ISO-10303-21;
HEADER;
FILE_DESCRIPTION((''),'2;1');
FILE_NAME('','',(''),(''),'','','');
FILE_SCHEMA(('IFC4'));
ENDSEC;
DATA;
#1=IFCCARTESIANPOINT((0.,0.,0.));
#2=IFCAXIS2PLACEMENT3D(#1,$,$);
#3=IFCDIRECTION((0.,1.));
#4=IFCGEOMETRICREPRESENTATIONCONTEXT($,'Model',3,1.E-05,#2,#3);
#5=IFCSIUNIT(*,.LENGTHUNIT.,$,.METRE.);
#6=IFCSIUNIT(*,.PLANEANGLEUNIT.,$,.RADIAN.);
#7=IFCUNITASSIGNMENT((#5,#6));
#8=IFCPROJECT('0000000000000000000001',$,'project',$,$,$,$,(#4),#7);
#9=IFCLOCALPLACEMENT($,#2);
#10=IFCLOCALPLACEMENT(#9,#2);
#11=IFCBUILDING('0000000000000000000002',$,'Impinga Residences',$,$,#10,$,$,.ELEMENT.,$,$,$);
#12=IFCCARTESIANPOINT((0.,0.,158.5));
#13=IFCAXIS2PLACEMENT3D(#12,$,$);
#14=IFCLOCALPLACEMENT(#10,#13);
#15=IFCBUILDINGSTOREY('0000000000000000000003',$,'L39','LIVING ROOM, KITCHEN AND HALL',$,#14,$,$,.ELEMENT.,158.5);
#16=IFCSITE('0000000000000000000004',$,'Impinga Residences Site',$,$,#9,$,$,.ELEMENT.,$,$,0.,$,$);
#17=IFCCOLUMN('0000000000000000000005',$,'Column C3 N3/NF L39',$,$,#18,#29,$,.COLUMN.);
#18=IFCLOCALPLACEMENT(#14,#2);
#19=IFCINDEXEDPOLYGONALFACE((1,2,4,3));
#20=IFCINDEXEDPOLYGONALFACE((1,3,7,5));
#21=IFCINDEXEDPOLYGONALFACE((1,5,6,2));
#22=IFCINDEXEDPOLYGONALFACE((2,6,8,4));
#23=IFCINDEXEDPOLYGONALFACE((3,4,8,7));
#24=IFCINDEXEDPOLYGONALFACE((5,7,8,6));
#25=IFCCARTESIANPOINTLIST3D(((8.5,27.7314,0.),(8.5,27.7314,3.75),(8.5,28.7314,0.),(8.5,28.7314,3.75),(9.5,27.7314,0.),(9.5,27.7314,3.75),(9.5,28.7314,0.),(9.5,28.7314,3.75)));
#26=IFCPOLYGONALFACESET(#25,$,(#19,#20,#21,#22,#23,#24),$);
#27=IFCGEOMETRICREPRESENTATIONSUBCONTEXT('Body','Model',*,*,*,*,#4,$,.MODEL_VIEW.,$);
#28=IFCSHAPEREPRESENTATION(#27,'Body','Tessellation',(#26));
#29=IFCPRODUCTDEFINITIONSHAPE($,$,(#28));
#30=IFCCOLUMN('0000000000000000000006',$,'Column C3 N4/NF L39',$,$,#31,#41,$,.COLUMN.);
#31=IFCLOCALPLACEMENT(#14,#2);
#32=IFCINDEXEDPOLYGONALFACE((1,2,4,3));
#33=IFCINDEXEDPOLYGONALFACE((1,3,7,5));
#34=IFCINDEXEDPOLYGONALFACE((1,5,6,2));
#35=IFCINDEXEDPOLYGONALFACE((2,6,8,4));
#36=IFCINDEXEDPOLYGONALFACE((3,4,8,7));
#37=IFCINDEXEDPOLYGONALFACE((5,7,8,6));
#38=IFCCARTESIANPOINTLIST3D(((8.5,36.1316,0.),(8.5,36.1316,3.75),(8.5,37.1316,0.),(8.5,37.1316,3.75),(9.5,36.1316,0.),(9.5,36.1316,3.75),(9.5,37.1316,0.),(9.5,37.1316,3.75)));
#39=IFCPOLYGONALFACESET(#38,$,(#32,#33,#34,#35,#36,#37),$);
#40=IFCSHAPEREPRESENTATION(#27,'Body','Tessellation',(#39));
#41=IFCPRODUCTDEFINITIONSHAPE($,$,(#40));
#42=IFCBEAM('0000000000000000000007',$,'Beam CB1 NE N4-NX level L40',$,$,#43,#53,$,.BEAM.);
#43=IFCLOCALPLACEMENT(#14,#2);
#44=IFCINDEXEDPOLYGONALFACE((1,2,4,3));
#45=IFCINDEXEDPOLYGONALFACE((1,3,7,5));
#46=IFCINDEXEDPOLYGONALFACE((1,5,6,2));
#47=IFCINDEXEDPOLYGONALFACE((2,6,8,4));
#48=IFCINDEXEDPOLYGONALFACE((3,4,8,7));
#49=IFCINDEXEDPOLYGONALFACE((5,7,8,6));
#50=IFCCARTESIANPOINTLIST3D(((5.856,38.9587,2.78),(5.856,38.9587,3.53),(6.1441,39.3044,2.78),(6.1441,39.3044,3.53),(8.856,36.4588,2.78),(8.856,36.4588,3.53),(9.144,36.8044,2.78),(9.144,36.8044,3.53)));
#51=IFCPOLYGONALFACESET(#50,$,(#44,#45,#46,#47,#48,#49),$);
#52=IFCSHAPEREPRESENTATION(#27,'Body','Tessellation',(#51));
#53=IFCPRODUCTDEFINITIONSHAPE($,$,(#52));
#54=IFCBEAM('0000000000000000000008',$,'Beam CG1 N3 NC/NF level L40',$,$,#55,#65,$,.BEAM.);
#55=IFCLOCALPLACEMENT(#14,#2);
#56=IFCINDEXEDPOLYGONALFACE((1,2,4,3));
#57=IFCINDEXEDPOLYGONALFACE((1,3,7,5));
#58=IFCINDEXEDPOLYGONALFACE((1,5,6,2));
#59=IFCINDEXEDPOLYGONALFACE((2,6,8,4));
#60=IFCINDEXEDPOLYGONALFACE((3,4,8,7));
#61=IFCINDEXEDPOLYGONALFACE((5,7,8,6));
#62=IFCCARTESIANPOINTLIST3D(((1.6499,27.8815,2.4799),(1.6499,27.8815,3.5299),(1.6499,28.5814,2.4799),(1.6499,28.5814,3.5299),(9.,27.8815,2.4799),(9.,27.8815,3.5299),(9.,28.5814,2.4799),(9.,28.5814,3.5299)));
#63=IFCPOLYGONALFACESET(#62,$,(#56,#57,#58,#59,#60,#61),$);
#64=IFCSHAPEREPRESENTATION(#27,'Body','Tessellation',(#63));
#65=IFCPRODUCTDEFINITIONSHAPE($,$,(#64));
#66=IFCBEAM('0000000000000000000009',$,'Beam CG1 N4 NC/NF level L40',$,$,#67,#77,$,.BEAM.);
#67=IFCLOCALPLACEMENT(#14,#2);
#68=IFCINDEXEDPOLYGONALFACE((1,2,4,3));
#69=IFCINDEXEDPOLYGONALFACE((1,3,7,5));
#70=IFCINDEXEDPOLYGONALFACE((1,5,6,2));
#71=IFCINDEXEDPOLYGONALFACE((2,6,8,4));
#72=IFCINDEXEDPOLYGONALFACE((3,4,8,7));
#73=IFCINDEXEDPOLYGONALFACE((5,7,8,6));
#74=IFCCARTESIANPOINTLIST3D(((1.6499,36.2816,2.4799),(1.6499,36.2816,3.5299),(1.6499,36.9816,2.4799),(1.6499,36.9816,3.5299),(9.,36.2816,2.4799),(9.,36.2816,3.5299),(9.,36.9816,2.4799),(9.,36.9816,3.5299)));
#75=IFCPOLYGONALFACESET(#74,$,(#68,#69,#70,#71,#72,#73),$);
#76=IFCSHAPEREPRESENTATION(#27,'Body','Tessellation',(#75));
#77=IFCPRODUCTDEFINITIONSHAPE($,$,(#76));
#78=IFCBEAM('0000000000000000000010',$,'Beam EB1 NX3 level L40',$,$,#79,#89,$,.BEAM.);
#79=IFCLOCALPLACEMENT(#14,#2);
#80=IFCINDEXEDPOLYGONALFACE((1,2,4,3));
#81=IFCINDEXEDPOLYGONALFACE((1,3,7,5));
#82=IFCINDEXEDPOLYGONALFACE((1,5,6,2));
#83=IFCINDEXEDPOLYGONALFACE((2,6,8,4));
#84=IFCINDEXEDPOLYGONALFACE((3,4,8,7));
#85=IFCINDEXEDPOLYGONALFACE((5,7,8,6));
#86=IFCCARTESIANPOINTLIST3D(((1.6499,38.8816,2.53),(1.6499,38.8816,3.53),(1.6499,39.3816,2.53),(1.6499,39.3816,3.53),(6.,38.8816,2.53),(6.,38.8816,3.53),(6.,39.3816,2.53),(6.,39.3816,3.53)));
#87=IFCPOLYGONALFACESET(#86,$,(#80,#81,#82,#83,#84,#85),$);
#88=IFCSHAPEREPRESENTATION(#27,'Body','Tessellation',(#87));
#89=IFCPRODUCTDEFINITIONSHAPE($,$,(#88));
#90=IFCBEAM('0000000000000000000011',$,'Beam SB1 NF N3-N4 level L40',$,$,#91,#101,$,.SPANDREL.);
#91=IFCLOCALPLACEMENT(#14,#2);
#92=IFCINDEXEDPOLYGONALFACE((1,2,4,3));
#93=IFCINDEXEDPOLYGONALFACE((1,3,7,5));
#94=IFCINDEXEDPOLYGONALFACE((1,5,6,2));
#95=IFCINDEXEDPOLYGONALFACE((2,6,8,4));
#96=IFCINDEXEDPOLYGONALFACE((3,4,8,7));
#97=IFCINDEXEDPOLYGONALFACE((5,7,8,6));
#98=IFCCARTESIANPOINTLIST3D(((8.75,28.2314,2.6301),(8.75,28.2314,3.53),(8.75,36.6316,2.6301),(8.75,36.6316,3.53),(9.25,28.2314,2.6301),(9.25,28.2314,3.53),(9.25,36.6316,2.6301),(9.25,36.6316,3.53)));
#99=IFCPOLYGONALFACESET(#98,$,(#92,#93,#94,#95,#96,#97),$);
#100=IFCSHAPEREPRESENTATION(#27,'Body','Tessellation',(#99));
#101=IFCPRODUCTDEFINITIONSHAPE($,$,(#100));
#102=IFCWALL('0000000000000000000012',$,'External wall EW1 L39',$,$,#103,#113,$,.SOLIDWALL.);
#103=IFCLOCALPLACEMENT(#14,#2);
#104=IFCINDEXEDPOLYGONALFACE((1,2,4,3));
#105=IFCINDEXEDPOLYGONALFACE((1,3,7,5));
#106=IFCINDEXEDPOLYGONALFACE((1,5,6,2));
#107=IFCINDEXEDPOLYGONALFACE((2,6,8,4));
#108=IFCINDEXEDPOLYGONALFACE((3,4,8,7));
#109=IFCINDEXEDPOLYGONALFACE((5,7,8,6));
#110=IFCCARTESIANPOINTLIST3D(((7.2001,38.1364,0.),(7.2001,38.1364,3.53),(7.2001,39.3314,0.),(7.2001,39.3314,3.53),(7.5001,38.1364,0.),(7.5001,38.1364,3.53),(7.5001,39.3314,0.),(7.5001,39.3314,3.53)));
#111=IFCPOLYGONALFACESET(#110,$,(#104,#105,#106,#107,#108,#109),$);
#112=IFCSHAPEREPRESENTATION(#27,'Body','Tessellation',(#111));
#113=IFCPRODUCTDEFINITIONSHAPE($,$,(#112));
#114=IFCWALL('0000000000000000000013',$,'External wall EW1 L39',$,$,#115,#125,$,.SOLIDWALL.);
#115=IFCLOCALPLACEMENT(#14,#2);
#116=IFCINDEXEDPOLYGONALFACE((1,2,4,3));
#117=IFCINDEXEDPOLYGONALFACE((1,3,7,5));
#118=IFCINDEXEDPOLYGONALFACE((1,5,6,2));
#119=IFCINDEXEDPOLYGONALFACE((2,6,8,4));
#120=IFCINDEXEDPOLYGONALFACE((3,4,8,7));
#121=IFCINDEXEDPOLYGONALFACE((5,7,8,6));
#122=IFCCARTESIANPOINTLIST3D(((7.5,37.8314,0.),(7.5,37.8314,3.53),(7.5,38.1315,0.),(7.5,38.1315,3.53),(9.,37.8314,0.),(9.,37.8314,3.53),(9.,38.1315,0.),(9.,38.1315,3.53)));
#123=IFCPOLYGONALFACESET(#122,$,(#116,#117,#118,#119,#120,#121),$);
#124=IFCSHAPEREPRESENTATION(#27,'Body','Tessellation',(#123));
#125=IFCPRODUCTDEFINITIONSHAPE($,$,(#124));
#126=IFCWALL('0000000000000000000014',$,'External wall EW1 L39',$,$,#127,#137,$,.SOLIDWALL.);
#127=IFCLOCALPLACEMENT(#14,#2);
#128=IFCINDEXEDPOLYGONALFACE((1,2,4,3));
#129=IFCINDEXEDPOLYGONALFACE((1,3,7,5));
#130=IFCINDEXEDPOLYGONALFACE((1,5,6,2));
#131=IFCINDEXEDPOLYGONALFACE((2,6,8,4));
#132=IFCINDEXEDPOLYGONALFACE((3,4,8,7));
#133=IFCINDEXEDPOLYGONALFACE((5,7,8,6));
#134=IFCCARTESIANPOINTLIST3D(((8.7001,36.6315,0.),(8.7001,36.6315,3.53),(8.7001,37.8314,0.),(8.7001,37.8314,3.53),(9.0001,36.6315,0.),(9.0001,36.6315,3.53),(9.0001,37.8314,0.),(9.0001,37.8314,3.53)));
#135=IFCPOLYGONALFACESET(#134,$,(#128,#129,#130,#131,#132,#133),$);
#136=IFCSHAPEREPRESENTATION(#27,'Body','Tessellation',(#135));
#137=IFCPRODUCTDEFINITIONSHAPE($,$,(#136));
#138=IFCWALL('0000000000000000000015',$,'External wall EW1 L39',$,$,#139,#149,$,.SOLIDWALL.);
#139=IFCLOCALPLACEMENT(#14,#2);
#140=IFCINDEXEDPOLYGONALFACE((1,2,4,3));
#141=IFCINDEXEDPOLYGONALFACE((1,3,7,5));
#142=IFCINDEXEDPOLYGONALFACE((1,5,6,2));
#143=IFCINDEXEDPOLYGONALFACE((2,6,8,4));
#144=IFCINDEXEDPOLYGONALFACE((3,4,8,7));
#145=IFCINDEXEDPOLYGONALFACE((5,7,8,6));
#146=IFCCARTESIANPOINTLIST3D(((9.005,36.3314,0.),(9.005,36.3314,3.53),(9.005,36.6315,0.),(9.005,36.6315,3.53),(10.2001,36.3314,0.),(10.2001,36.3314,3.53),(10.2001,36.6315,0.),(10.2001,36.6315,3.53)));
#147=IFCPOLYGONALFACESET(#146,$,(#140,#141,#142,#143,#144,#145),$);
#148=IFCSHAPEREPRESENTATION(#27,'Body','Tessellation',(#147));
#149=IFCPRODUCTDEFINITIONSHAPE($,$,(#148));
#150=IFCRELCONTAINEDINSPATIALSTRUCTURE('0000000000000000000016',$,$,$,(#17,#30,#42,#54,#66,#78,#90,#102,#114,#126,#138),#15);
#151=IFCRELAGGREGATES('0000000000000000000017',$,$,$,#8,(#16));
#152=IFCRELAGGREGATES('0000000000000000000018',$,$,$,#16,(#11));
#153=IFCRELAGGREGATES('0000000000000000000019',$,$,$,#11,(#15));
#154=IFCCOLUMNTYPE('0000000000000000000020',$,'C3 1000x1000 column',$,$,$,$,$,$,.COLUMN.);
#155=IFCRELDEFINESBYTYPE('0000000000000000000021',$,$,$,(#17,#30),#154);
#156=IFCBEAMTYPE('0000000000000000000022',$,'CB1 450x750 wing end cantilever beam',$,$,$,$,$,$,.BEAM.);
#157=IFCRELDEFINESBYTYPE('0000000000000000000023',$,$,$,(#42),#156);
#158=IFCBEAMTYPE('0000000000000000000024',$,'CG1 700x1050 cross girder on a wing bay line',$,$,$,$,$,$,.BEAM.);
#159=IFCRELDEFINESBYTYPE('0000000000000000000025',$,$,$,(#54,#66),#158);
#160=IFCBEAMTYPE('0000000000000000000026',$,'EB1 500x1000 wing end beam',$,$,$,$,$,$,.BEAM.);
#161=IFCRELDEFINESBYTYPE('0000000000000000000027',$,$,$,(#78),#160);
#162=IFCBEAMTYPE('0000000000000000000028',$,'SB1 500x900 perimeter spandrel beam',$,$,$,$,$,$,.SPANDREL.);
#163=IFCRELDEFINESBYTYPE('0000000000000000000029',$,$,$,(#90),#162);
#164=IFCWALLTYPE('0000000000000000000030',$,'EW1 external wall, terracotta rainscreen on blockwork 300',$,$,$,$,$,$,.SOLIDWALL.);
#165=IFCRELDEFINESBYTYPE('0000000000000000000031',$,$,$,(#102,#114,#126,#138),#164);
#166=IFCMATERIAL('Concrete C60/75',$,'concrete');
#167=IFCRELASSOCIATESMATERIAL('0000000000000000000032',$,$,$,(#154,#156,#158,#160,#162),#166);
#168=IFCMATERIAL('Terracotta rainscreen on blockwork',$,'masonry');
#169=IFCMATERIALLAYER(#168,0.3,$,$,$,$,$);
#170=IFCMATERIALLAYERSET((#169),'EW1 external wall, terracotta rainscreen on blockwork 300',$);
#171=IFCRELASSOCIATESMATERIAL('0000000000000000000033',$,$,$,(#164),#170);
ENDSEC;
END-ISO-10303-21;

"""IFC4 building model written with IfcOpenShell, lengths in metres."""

from ifc_helpers import new_model, si_unit, direction, frame, frame_2d, origin, origin_2d, place, context, subcontext, project, spatial, rectangle, extrude, material, layer, layer_set, material_profile, profile_set, type_object, element, save


model = new_model("IFC4")

# Units and contexts
model_context = context("Model", 3, precision=1e-05, world=origin(), true_north=direction((0.0, 1.0)))
body_context = subcontext(model_context, "Body", "Model", "MODEL_VIEW")
ifc_project = project(units=[si_unit("LENGTHUNIT", "METRE"), si_unit("PLANEANGLEUNIT", "RADIAN")], contexts=[model_context])

# Site, building, storey
site_placement = place(None, origin())
site = spatial("IfcSite", under=ifc_project, at=site_placement, Name="Impinga Residences Site", CompositionType="ELEMENT", RefElevation=0.0)
building_placement = place(site_placement, origin())
building = spatial("IfcBuilding", under=site, at=building_placement, Name="Impinga Residences", CompositionType="ELEMENT")
storey_placement = place(building_placement, frame((0.0, 0.0, 158.5)))
storey = spatial("IfcBuildingStorey", under=building, at=storey_placement, Name="L39", Description="LIVING ROOM, KITCHEN AND HALL", CompositionType="ELEMENT", Elevation=158.5)

# Columns
ifc_material_1 = material(Name="Concrete C60/75", Category="concrete")
ifc_material_profile_1 = material_profile(ifc_material_1, rectangle(XDim=1.0, YDim=1.0, at=origin_2d()), Name="RC 1000x1000")
ifc_profile_set_1 = profile_set([ifc_material_profile_1], Name="Concrete C60/75")
column_type = type_object("IfcColumnType", Name="C3 1000x1000 column", PredefinedType="COLUMN", material=ifc_profile_set_1)
for number, where, z_axis, x_axis, name in (
    (1, (9.0, 28.2314, 0.0), (0.0, 0.0, 1.0), (1.0, 0.0, 0.0), "Column C3 N3/NF L39"),
    (2, (9.0, 36.6316, 0.0), (0.0, 0.0, 1.0), (1.0, 0.0, 0.0), "Column C3 N4/NF L39"),
):
    element("IfcColumn", number, at=place(storey_placement, frame(where, z_axis=z_axis, x_axis=x_axis)), inside=storey, type_object=column_type, Name=name, PredefinedType="COLUMN", context=body_context, shape_type="SweptSolid", body=[
        extrude(rectangle(XDim=1.0, YDim=1.0, at=origin_2d()), origin(), (0.0, 0.0, 1.0), 3.75),
    ])

# Beams
ifc_material_profile_2 = material_profile(ifc_material_1, rectangle(XDim=0.45, YDim=0.75, at=origin_2d()), Name="RC 450x750")
ifc_profile_set_2 = profile_set([ifc_material_profile_2], Name="Concrete C60/75")
beam_type_1 = type_object("IfcBeamType", Name="CB1 450x750 wing end cantilever beam", PredefinedType="BEAM", material=ifc_profile_set_2)
beam_1_placement = place(storey_placement, frame((9.0, 36.6316, 3.155), z_axis=(-0.768221, 0.640184, 0.0), x_axis=(-0.640184, -0.768221, 0.0)))
element("IfcBeam", 3, at=beam_1_placement, inside=storey, type_object=beam_type_1, Name="Beam CB1 NE N4-NX level L40", PredefinedType="BEAM", context=body_context, shape_type="SweptSolid", body=[
    extrude(rectangle(XDim=0.45, YDim=0.75, at=origin_2d()), origin(), (0.0, 0.0, 1.0), 3.905),
])
ifc_material_profile_3 = material_profile(ifc_material_1, rectangle(XDim=0.7, YDim=1.05, at=origin_2d()), Name="RC 700x1050")
ifc_profile_set_3 = profile_set([ifc_material_profile_3], Name="Concrete C60/75")
beam_type_2 = type_object("IfcBeamType", Name="CG1 700x1050 cross girder on a wing bay line", PredefinedType="BEAM", material=ifc_profile_set_3)
for number, where, z_axis, x_axis, name in (
    (4, (1.6499, 28.2314, 3.0049), (1.0, 0.0, 0.0), (0.0, 1.0, 0.0), "Beam CG1 N3 NC/NF level L40"),
    (5, (1.6499, 36.6316, 3.0049), (1.0, 0.0, 0.0), (0.0, 1.0, 0.0), "Beam CG1 N4 NC/NF level L40"),
):
    element("IfcBeam", number, at=place(storey_placement, frame(where, z_axis=z_axis, x_axis=x_axis)), inside=storey, type_object=beam_type_2, Name=name, PredefinedType="BEAM", context=body_context, shape_type="SweptSolid", body=[
        extrude(rectangle(XDim=0.7, YDim=1.05, at=origin_2d()), origin(), (0.0, 0.0, 1.0), 7.3501),
    ])
ifc_material_profile_4 = material_profile(ifc_material_1, rectangle(XDim=0.5, YDim=1.0, at=origin_2d()), Name="RC 500x1000")
ifc_profile_set_4 = profile_set([ifc_material_profile_4], Name="Concrete C60/75")
beam_type_3 = type_object("IfcBeamType", Name="EB1 500x1000 wing end beam", PredefinedType="BEAM", material=ifc_profile_set_4)
beam_2_placement = place(storey_placement, frame((1.6499, 39.1316, 3.03), z_axis=(1.0, 0.0, 0.0), x_axis=(0.0, 1.0, 0.0)))
element("IfcBeam", 6, at=beam_2_placement, inside=storey, type_object=beam_type_3, Name="Beam EB1 NX3 level L40", PredefinedType="BEAM", context=body_context, shape_type="SweptSolid", body=[
    extrude(rectangle(XDim=0.5, YDim=1.0, at=origin_2d()), origin(), (0.0, 0.0, 1.0), 4.3501),
])
ifc_material_profile_5 = material_profile(ifc_material_1, rectangle(XDim=0.5, YDim=0.8999, at=origin_2d()), Name="RC 500x900")
ifc_profile_set_5 = profile_set([ifc_material_profile_5], Name="Concrete C60/75")
beam_type_4 = type_object("IfcBeamType", Name="SB1 500x900 perimeter spandrel beam", PredefinedType="SPANDREL", material=ifc_profile_set_5)
beam_3_placement = place(storey_placement, frame((9.0, 28.2314, 3.0801), z_axis=(0.0, 1.0, 0.0), x_axis=(-1.0, 0.0, 0.0)))
element("IfcBeam", 7, at=beam_3_placement, inside=storey, type_object=beam_type_4, Name="Beam SB1 NF N3-N4 level L40", PredefinedType="SPANDREL", context=body_context, shape_type="SweptSolid", body=[
    extrude(rectangle(XDim=0.5, YDim=0.8999, at=origin_2d()), origin(), (0.0, 0.0, 1.0), 8.4001),
])

# Walls
ifc_material_2 = material(Name="Terracotta rainscreen on blockwork", Category="masonry")
ifc_layer_1 = layer(ifc_material_2, 0.3)
ifc_layer_set_1 = layer_set([ifc_layer_1], Name="EW1 external wall, terracotta rainscreen on blockwork 300")
wall_type_1 = type_object("IfcWallType", Name="EW1 external wall, terracotta rainscreen on blockwork 300", PredefinedType="SOLIDWALL", material=ifc_layer_set_1)
wall_1_placement = place(storey_placement, frame((7.3501, 39.3315, 0.0), z_axis=(0.0, 0.0, 1.0), x_axis=(0.0, -1.0, 0.0)))
element("IfcWall", 8, at=wall_1_placement, inside=storey, type_object=wall_type_1, Name="External wall EW1 L39", PredefinedType="SOLIDWALL", context=body_context, shape_type="SweptSolid", body=[
    extrude(rectangle(XDim=1.1951, YDim=0.3, at=frame_2d((0.5977, 0.0))), origin(), (0.0, 0.0, 1.0), 3.53),
])
wall_2_placement = place(storey_placement, frame((7.5, 37.9814, 0.0), z_axis=(0.0, 0.0, 1.0), x_axis=(1.0, 0.0, 0.0)))
element("IfcWall", 9, at=wall_2_placement, inside=storey, type_object=wall_type_1, Name="External wall EW1 L39", PredefinedType="SOLIDWALL", context=body_context, shape_type="SweptSolid", body=[
    extrude(rectangle(XDim=1.5, YDim=0.3, at=frame_2d((0.75, 0.0))), origin(), (0.0, 0.0, 1.0), 3.53),
])
wall_3_placement = place(storey_placement, frame((8.8501, 37.8315, 0.0), z_axis=(0.0, 0.0, 1.0), x_axis=(0.0, -1.0, 0.0)))
element("IfcWall", 10, at=wall_3_placement, inside=storey, type_object=wall_type_1, Name="External wall EW1 L39", PredefinedType="SOLIDWALL", context=body_context, shape_type="SweptSolid", body=[
    extrude(rectangle(XDim=1.2, YDim=0.3, at=frame_2d((0.6001, 0.0))), origin(), (0.0, 0.0, 1.0), 3.53),
])
wall_4_placement = place(storey_placement, frame((9.0049, 36.4814, 0.0), z_axis=(0.0, 0.0, 1.0), x_axis=(1.0, 0.0, 0.0)))
element("IfcWall", 11, at=wall_4_placement, inside=storey, type_object=wall_type_1, Name="External wall EW1 L39", PredefinedType="SOLIDWALL", context=body_context, shape_type="SweptSolid", body=[
    extrude(rectangle(XDim=1.1951, YDim=0.3, at=frame_2d((0.5977, 0.0))), origin(), (0.0, 0.0, 1.0), 3.53),
])

save(model, "model.ifc")
